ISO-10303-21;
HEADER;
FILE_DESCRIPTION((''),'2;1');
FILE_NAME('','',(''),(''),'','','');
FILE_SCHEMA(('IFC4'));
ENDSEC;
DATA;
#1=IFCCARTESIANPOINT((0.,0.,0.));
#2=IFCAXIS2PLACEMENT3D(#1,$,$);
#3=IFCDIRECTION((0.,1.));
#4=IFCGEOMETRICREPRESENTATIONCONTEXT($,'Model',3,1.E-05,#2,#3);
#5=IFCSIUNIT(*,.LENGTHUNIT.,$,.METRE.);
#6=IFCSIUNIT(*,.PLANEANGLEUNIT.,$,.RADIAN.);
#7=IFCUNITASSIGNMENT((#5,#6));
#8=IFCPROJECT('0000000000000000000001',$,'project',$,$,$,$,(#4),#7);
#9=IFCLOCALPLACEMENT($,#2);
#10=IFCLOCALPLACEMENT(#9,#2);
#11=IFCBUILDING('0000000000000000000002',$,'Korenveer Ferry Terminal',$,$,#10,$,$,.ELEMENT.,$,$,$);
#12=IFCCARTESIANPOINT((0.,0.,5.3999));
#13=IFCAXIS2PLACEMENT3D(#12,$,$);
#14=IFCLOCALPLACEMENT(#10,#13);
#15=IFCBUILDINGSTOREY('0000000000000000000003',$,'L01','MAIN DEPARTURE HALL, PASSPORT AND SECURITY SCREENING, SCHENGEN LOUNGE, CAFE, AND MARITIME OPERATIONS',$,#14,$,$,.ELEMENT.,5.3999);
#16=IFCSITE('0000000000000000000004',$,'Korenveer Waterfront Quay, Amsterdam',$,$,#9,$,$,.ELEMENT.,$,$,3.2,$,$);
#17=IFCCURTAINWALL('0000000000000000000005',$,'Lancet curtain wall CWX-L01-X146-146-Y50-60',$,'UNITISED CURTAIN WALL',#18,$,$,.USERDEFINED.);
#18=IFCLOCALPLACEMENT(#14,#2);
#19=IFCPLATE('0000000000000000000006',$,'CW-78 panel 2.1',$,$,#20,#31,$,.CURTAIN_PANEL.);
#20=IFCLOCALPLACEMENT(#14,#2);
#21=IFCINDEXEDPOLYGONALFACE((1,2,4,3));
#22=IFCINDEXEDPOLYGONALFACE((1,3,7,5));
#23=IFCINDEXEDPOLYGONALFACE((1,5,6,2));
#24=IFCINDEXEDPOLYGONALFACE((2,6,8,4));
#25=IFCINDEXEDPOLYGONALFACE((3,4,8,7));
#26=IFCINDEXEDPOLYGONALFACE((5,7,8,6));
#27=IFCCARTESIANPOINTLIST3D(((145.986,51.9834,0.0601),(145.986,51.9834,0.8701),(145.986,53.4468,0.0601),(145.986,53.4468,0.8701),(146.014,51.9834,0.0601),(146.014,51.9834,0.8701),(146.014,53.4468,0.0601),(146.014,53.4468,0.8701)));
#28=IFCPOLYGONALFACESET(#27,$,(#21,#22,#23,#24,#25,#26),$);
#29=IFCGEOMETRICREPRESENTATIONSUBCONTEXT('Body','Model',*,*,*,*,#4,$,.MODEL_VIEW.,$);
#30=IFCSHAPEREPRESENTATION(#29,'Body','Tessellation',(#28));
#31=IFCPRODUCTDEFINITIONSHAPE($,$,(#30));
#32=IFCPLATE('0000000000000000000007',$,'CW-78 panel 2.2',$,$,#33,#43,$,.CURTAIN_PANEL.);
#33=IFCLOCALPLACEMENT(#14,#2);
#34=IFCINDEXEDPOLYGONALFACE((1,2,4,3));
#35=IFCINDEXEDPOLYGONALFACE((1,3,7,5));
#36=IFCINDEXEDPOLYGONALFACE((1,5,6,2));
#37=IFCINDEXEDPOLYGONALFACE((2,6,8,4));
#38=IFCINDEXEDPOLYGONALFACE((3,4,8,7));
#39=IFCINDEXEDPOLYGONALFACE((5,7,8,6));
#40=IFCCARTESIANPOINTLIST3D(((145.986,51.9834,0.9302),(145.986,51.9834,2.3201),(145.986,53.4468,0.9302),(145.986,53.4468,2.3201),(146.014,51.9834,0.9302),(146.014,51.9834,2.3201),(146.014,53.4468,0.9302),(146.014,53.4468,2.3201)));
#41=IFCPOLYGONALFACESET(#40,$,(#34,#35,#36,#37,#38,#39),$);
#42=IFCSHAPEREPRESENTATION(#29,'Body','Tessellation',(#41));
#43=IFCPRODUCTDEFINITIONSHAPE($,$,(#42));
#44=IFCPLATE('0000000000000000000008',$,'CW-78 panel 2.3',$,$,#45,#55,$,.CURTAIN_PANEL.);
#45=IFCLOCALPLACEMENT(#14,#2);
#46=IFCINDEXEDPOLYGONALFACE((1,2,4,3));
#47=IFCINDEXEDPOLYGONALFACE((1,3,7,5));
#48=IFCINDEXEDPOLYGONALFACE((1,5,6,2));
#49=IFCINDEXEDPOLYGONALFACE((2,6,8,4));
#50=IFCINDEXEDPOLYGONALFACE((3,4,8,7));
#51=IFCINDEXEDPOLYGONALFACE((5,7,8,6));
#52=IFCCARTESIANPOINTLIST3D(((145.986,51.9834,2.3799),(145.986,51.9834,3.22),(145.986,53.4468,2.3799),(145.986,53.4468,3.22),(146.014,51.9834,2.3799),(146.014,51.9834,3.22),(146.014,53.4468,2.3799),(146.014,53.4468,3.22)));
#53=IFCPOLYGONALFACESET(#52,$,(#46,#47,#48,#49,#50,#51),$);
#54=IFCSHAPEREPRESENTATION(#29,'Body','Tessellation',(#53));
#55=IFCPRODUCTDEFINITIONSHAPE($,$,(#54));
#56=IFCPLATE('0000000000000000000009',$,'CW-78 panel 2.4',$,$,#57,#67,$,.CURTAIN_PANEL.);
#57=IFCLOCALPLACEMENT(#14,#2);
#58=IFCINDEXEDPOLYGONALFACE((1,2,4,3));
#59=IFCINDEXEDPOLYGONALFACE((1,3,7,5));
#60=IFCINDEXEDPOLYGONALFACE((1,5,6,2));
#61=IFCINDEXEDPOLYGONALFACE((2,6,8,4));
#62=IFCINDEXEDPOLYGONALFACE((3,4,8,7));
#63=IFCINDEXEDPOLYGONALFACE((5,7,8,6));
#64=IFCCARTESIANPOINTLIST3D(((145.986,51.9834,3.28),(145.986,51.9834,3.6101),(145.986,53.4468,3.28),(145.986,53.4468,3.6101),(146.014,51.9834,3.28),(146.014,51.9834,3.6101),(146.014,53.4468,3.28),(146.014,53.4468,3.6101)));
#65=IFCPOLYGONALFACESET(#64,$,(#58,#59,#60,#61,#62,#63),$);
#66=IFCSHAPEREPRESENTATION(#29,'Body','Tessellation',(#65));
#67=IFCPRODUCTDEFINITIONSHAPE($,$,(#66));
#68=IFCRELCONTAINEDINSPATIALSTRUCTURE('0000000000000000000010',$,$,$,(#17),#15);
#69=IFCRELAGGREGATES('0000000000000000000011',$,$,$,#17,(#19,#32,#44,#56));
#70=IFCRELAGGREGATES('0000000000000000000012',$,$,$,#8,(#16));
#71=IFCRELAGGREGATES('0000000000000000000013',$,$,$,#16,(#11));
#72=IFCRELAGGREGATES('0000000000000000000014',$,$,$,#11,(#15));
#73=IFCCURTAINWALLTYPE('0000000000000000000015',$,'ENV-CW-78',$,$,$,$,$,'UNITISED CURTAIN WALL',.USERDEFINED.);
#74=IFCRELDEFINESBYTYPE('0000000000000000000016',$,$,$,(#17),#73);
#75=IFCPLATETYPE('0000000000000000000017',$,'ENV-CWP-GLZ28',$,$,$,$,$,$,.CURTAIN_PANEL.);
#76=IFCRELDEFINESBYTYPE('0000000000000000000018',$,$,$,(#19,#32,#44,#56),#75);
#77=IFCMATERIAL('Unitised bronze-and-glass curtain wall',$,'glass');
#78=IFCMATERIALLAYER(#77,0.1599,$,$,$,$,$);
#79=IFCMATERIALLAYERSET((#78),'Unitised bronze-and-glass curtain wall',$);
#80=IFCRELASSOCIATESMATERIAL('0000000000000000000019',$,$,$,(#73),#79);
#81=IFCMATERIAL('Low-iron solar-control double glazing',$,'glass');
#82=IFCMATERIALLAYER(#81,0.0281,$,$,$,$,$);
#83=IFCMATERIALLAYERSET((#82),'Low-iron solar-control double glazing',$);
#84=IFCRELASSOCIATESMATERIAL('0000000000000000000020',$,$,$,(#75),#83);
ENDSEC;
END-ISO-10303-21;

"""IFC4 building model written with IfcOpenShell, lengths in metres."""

from ifc_helpers import new_model, si_unit, direction, frame, origin, origin_2d, place, context, subcontext, project, spatial, rectangle, extrude, material, layer, layer_set, type_object, element, aggregate, save


model = new_model("IFC4")

# Units and contexts
model_context = context("Model", 3, precision=1e-05, world=origin(), true_north=direction((0.0, 1.0)))
body_context = subcontext(model_context, "Body", "Model", "MODEL_VIEW")
ifc_project = project(units=[si_unit("LENGTHUNIT", "METRE"), si_unit("PLANEANGLEUNIT", "RADIAN")], contexts=[model_context])

# Site, building, storey
site_placement = place(None, origin())
site = spatial("IfcSite", under=ifc_project, at=site_placement, Name="Korenveer Waterfront Quay, Amsterdam", CompositionType="ELEMENT", RefElevation=3.2)
building_placement = place(site_placement, origin())
building = spatial("IfcBuilding", under=site, at=building_placement, Name="Korenveer Ferry Terminal", CompositionType="ELEMENT")
storey_placement = place(building_placement, frame((0.0, 0.0, 5.3999)))
storey = spatial("IfcBuildingStorey", under=building, at=storey_placement, Name="L01", Description="MAIN DEPARTURE HALL, PASSPORT AND SECURITY SCREENING, SCHENGEN LOUNGE, CAFE, AND MARITIME OPERATIONS", CompositionType="ELEMENT", Elevation=5.3999)

# Curtain wall
ifc_material_1 = material(Name="Unitised bronze-and-glass curtain wall", Category="glass")
ifc_layer_1 = layer(ifc_material_1, 0.1599)
ifc_layer_set_1 = layer_set([ifc_layer_1], Name="Unitised bronze-and-glass curtain wall")
curtain_wall_type = type_object("IfcCurtainWallType", Name="ENV-CW-78", ElementType="UNITISED CURTAIN WALL", PredefinedType="USERDEFINED", material=ifc_layer_set_1)
curtain_wall_placement = place(storey_placement, frame((146.0, 50.4299, 0.0)))
curtain_wall = element("IfcCurtainWall", 1, at=curtain_wall_placement, inside=storey, type_object=curtain_wall_type, Name="Lancet curtain wall CWX-L01-X146-146-Y50-60", ObjectType="UNITISED CURTAIN WALL", PredefinedType="USERDEFINED")

# Plates
ifc_material_2 = material(Name="Low-iron solar-control double glazing", Category="glass")
ifc_layer_2 = layer(ifc_material_2, 0.0281)
ifc_layer_set_2 = layer_set([ifc_layer_2], Name="Low-iron solar-control double glazing")
plate_type = type_object("IfcPlateType", Name="ENV-CWP-GLZ28", PredefinedType="CURTAIN_PANEL", material=ifc_layer_set_2)
plate_1_placement = place(storey_placement, frame((146.0, 52.7151, 0.0601), z_axis=(0.0, 0.0, 1.0), x_axis=(0.0, 1.0, 0.0)))
plate_1 = element("IfcPlate", 2, at=plate_1_placement, type_object=plate_type, Name="CW-78 panel 2.1", PredefinedType="CURTAIN_PANEL", context=body_context, shape_type="SweptSolid", body=[
    extrude(rectangle(XDim=1.4634, YDim=0.0281, at=origin_2d()), origin(), (0.0, 0.0, 1.0), 0.8101),
])
plate_2_placement = place(storey_placement, frame((146.0, 52.7151, 0.9302), z_axis=(0.0, 0.0, 1.0), x_axis=(0.0, 1.0, 0.0)))
plate_2 = element("IfcPlate", 3, at=plate_2_placement, type_object=plate_type, Name="CW-78 panel 2.2", PredefinedType="CURTAIN_PANEL", context=body_context, shape_type="SweptSolid", body=[
    extrude(rectangle(XDim=1.4634, YDim=0.0281, at=origin_2d()), origin(), (0.0, 0.0, 1.0), 1.3899),
])
plate_3_placement = place(storey_placement, frame((146.0, 52.7151, 2.3799), z_axis=(0.0, 0.0, 1.0), x_axis=(0.0, 1.0, 0.0)))
plate_3 = element("IfcPlate", 4, at=plate_3_placement, type_object=plate_type, Name="CW-78 panel 2.3", PredefinedType="CURTAIN_PANEL", context=body_context, shape_type="SweptSolid", body=[
    extrude(rectangle(XDim=1.4634, YDim=0.0281, at=origin_2d()), origin(), (0.0, 0.0, 1.0), 0.8401),
])
plate_4_placement = place(storey_placement, frame((146.0, 52.7151, 3.28), z_axis=(0.0, 0.0, 1.0), x_axis=(0.0, 1.0, 0.0)))
plate_4 = element("IfcPlate", 5, at=plate_4_placement, type_object=plate_type, Name="CW-78 panel 2.4", PredefinedType="CURTAIN_PANEL", context=body_context, shape_type="SweptSolid", body=[
    extrude(rectangle(XDim=1.4634, YDim=0.0281, at=origin_2d()), origin(), (0.0, 0.0, 1.0), 0.3301),
])
aggregate(curtain_wall, [plate_1, plate_2, plate_3, plate_4])

save(model, "model.ifc")
